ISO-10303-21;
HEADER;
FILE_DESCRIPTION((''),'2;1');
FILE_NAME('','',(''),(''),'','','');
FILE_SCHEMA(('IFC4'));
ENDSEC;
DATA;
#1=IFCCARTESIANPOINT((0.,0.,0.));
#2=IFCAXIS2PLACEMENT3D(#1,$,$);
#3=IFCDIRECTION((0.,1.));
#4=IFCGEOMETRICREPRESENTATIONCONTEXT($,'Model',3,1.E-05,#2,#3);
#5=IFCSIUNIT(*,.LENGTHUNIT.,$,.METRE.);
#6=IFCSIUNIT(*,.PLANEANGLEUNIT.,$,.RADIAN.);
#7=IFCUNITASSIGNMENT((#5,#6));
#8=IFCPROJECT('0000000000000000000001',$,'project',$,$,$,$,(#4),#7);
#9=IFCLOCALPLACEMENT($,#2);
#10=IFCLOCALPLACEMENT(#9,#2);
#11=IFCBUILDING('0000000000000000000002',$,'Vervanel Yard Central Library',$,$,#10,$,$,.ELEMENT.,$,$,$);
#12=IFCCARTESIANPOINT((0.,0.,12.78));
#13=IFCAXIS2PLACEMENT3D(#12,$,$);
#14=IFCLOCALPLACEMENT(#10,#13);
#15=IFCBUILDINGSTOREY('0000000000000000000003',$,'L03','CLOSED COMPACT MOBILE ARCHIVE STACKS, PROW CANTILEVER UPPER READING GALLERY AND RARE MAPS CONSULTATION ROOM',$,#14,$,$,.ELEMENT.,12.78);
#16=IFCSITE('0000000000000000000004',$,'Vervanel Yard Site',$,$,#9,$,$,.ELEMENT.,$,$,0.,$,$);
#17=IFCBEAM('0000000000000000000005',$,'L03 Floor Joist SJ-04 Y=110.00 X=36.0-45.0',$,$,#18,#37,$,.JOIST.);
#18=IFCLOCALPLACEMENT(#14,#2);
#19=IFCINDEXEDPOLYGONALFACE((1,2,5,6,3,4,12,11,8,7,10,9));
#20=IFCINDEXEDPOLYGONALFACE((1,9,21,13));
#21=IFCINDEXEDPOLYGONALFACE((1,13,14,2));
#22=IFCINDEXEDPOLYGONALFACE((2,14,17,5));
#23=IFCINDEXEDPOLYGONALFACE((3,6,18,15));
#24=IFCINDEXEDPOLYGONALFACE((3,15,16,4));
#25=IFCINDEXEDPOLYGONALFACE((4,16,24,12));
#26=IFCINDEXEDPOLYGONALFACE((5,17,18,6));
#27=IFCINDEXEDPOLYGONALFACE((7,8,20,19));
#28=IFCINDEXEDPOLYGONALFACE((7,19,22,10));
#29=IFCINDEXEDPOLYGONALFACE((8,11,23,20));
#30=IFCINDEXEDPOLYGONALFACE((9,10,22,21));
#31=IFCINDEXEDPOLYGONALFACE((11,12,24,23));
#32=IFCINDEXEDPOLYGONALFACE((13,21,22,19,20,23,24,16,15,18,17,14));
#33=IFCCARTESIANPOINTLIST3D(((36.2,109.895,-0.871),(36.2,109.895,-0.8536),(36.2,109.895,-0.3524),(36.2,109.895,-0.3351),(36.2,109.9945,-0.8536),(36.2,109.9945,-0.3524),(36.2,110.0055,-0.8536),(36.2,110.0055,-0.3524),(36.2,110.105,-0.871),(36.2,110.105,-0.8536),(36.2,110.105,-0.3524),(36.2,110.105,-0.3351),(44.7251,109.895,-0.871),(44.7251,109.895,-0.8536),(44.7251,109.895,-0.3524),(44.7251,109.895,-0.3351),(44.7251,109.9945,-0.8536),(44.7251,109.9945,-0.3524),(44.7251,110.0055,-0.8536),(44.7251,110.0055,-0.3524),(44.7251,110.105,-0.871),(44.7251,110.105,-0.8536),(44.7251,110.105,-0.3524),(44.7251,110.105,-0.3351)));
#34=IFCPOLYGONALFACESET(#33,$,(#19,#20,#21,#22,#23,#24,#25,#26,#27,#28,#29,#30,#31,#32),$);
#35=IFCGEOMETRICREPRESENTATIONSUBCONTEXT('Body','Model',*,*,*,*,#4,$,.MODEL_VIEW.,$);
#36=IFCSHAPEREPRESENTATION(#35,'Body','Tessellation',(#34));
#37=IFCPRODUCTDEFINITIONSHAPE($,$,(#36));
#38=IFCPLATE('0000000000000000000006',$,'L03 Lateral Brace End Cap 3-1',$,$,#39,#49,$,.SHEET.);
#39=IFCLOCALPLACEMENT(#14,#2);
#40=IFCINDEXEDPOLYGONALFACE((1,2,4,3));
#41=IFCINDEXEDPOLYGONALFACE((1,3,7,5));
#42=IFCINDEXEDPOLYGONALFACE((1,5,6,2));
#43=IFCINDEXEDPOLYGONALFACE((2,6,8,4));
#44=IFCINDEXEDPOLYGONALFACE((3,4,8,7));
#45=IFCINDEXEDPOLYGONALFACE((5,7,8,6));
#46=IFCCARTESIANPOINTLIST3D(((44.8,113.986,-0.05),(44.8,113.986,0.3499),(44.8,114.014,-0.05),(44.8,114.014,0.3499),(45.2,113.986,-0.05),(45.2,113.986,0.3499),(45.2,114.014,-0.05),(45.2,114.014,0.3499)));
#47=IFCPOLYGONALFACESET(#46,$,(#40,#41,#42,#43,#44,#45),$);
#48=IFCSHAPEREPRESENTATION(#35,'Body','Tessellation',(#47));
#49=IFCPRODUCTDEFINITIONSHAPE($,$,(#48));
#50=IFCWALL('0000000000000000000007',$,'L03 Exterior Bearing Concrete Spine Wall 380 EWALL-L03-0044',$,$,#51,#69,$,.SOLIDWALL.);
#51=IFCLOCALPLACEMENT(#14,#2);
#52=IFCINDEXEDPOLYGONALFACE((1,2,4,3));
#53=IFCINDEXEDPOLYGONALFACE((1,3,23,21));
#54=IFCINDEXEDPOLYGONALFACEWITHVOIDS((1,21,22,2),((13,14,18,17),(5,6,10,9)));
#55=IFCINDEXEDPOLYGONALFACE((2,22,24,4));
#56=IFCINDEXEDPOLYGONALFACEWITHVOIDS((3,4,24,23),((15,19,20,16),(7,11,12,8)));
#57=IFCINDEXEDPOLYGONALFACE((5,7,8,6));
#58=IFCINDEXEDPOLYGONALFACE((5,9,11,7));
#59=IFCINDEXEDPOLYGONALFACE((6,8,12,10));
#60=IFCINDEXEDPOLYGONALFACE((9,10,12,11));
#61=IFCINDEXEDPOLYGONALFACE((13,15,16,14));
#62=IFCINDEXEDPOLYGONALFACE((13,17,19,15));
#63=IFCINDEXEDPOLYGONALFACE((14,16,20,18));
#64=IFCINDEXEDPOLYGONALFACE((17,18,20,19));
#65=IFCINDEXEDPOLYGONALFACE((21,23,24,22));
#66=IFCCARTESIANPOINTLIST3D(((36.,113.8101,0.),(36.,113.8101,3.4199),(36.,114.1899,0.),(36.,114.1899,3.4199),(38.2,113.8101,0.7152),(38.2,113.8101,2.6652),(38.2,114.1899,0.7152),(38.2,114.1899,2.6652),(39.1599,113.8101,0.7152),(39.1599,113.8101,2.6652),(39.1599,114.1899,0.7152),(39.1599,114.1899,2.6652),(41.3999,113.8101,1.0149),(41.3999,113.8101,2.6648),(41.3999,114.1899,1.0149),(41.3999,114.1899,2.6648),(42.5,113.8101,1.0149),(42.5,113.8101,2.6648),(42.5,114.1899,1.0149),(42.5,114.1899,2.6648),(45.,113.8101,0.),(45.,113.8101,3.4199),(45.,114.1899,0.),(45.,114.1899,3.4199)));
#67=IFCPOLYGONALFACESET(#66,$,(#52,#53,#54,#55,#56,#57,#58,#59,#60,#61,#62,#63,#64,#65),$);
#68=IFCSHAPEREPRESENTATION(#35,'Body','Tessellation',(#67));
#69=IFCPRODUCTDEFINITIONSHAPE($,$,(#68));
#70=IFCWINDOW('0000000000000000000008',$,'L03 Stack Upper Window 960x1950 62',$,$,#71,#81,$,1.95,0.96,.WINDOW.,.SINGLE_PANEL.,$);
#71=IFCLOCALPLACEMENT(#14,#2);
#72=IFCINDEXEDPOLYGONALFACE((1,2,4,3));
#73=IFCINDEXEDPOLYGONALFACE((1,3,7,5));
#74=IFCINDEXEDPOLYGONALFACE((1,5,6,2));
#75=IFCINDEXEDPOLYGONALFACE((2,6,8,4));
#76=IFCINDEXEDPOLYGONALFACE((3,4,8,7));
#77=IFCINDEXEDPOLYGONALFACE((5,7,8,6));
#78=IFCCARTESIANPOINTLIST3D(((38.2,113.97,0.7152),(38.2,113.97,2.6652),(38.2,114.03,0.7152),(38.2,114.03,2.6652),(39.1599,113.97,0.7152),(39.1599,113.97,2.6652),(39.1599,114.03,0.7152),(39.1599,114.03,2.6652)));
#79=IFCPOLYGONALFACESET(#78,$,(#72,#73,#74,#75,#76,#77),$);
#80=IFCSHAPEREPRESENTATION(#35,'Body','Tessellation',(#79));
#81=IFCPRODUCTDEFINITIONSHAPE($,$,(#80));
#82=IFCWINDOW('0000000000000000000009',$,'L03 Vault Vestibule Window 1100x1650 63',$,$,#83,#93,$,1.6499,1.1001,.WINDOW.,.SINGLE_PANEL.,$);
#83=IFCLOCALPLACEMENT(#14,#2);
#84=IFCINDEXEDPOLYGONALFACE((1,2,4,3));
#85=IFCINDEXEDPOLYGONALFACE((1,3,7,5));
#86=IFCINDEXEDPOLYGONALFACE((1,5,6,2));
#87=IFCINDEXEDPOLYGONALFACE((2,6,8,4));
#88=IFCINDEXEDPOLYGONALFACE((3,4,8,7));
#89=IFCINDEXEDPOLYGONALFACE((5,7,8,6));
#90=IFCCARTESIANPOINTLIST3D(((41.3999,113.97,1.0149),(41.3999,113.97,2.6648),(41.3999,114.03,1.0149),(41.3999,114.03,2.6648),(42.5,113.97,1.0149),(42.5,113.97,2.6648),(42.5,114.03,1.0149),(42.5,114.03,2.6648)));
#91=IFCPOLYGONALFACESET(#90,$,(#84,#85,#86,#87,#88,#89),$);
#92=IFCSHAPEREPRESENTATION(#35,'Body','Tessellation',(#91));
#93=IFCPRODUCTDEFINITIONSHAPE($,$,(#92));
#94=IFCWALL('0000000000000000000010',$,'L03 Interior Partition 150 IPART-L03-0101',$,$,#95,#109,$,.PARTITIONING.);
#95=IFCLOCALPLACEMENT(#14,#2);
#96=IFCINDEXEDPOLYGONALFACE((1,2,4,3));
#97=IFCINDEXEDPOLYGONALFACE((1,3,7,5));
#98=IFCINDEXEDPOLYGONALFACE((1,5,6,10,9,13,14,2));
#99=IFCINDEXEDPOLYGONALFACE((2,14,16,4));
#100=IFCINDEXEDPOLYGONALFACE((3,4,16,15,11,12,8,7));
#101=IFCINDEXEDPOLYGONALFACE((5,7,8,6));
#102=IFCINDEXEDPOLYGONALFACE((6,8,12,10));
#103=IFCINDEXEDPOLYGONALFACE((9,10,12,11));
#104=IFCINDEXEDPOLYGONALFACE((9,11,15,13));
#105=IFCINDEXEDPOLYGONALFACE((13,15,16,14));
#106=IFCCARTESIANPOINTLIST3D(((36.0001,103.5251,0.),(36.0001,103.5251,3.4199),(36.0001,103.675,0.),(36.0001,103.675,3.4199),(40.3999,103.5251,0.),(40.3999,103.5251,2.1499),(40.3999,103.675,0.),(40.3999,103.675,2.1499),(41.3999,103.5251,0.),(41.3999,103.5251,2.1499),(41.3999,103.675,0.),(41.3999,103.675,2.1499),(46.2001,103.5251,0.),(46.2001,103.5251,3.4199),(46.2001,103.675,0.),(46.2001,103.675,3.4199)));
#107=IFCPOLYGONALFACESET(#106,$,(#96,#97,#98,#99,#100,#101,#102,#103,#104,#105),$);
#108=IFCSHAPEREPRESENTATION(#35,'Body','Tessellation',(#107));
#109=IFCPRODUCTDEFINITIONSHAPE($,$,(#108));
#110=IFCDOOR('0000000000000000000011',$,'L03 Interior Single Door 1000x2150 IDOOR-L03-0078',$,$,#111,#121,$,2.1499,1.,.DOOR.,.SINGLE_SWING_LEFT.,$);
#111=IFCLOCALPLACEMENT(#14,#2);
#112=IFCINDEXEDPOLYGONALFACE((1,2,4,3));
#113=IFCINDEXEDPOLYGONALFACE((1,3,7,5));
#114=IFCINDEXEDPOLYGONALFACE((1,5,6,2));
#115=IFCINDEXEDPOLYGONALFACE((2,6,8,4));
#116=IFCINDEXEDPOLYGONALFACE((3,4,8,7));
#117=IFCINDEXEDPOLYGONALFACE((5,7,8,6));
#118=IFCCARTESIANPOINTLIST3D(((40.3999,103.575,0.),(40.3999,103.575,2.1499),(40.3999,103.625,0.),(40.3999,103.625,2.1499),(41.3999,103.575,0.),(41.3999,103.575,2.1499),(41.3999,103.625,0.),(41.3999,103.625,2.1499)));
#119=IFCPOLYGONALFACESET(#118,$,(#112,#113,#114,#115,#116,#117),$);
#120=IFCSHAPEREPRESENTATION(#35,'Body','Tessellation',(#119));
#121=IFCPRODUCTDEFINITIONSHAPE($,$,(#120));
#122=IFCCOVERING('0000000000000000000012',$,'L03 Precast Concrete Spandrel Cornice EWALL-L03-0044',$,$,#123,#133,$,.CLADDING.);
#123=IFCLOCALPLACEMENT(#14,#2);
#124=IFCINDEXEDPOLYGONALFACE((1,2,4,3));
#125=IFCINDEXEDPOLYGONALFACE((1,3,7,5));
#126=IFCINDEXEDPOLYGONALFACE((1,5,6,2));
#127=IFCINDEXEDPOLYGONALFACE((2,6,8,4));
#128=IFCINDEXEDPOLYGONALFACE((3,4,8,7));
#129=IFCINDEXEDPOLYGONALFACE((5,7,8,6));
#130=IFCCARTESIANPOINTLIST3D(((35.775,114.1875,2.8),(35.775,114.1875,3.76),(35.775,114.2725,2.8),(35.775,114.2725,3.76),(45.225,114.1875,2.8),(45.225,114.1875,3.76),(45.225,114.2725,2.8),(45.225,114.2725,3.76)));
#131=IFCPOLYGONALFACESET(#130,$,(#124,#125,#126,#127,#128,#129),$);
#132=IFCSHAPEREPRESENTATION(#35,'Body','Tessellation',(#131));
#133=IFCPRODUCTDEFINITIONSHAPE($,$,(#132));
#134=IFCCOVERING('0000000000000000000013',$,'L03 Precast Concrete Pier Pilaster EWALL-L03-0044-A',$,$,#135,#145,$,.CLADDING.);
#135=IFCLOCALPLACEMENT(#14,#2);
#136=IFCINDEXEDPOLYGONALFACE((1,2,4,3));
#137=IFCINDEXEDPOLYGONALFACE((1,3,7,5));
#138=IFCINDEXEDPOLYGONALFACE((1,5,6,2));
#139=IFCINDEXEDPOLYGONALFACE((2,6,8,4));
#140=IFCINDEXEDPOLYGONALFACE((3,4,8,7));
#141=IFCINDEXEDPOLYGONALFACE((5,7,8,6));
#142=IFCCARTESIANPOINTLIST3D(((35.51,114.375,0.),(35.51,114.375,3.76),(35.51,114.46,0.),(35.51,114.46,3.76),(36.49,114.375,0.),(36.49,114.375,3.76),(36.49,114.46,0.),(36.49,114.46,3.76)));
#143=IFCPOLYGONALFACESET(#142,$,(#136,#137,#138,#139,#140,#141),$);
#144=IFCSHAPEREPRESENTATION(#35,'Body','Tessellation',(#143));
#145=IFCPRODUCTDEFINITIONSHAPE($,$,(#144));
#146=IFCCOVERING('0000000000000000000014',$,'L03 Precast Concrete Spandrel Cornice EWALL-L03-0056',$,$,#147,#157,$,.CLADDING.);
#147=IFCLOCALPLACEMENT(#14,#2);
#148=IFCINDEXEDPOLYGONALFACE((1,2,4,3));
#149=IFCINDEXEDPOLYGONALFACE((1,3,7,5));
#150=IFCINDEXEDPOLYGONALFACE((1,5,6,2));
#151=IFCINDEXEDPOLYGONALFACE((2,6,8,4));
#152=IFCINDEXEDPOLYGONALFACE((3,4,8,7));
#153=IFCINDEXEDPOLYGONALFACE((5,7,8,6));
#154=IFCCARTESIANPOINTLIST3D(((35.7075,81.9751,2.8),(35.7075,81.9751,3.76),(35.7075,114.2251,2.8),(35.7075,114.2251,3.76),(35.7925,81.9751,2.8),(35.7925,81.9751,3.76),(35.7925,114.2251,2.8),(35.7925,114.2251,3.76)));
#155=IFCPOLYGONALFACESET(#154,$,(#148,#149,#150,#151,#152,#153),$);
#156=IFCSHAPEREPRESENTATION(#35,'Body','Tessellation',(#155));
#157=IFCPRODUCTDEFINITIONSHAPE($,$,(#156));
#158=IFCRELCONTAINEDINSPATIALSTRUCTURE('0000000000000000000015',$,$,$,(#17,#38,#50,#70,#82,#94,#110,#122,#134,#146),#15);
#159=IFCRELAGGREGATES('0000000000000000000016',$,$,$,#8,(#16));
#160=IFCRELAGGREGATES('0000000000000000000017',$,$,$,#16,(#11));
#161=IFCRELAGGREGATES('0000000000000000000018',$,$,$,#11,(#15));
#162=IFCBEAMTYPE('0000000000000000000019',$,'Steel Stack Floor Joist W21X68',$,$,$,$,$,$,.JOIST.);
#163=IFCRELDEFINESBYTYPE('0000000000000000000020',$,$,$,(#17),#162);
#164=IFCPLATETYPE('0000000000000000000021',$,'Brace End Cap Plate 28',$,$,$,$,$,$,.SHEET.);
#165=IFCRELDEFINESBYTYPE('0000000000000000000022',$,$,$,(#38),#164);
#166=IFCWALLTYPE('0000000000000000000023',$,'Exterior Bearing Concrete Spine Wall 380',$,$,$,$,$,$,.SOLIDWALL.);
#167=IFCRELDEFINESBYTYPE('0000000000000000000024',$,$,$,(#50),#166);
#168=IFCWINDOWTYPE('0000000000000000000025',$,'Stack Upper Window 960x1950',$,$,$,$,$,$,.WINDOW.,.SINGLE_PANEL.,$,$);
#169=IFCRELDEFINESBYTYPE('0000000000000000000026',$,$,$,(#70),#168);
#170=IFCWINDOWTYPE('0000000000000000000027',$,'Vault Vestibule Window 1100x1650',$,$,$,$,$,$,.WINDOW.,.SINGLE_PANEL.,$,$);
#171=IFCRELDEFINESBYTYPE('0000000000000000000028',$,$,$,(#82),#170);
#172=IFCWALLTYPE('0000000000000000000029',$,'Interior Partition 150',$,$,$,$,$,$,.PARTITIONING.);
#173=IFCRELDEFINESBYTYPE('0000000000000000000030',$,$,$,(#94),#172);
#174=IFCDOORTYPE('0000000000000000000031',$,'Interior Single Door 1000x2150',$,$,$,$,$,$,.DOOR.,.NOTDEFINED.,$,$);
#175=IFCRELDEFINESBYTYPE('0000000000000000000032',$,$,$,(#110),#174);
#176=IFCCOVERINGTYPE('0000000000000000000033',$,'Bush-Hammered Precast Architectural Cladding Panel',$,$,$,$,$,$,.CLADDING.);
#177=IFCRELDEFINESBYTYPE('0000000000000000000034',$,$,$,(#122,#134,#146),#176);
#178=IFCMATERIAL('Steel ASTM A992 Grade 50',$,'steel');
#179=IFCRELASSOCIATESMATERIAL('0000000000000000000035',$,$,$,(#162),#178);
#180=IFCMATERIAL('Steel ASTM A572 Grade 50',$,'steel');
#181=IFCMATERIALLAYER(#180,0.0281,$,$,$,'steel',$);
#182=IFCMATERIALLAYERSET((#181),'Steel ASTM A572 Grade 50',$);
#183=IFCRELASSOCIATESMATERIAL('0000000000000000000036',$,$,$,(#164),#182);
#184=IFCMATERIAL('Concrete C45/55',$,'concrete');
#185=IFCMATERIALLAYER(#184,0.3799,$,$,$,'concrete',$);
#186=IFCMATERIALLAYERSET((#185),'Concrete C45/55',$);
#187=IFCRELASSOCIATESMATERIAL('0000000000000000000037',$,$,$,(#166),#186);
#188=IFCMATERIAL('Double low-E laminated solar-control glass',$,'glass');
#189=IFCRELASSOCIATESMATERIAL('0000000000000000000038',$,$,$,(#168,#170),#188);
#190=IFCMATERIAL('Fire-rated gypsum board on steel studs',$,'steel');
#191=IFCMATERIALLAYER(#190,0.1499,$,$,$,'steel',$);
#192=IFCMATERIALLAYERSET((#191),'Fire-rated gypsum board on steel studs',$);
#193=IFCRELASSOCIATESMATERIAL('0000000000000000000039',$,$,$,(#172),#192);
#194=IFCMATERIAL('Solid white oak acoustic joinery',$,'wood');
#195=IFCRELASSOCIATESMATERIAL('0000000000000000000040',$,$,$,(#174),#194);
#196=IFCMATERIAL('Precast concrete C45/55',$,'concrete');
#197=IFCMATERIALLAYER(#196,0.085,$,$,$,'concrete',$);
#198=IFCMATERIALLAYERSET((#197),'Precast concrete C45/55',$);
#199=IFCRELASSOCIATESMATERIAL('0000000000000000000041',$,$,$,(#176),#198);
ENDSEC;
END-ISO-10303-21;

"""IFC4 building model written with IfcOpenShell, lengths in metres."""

from ifc_helpers import new_model, si_unit, direction, frame, frame_2d, origin, origin_2d, place, context, subcontext, project, spatial, rectangle, i_section, extrude, material, layer, layer_set, material_profile, profile_set, type_object, element, fill, save


model = new_model("IFC4")

# Units and contexts
model_context = context("Model", 3, precision=1e-05, world=origin(), true_north=direction((0.0, 1.0)))
body_context = subcontext(model_context, "Body", "Model", "MODEL_VIEW")
ifc_project = project(units=[si_unit("LENGTHUNIT", "METRE"), si_unit("PLANEANGLEUNIT", "RADIAN")], contexts=[model_context])

# Site, building, storey
site_placement = place(None, origin())
site = spatial("IfcSite", under=ifc_project, at=site_placement, Name="Vervanel Yard Site", CompositionType="ELEMENT", RefElevation=0.0)
building_placement = place(site_placement, origin())
building = spatial("IfcBuilding", under=site, at=building_placement, Name="Vervanel Yard Central Library", CompositionType="ELEMENT")
storey_placement = place(building_placement, frame((0.0, 0.0, 12.78)))
storey = spatial("IfcBuildingStorey", under=building, at=storey_placement, Name="L03", Description="CLOSED COMPACT MOBILE ARCHIVE STACKS, PROW CANTILEVER UPPER READING GALLERY AND RARE MAPS CONSULTATION ROOM", CompositionType="ELEMENT", Elevation=12.78)

# Shared definitions
ifc_material_1 = material(Name="Concrete C45/55", Category="concrete")

# Beam
ifc_material_2 = material(Name="Steel ASTM A992 Grade 50", Category="steel")
ifc_material_profile_1 = material_profile(ifc_material_2, i_section(OverallWidth=0.21, OverallDepth=0.5359, WebThickness=0.011, FlangeThickness=0.0173, at=origin_2d()), Name="W21X68", Category="steel")
ifc_profile_set_1 = profile_set([ifc_material_profile_1], Name="Steel ASTM A992 Grade 50")
beam_type_1 = type_object("IfcBeamType", Name="Steel Stack Floor Joist W21X68", PredefinedType="JOIST", material=ifc_profile_set_1)
for number, where, z_axis, x_axis, name in (
    (1, (36.2, 110.0, -0.603), (1.0, 0.0, 0.0), (0.0, 1.0, 0.0), "L03 Floor Joist SJ-04 Y=110.00 X=36.0-45.0"),
):
    element("IfcBeam", number, at=place(storey_placement, frame(where, z_axis=z_axis, x_axis=x_axis)), inside=storey, type_object=beam_type_1, Name=name, PredefinedType="JOIST", context=body_context, shape_type="SweptSolid", body=[
        extrude(i_section(OverallWidth=0.21, OverallDepth=0.5359, WebThickness=0.011, FlangeThickness=0.0173, at=origin_2d()), origin(), (0.0, 0.0, 1.0), 8.5251),
    ])

# Plate
ifc_material_3 = material(Name="Steel ASTM A572 Grade 50", Category="steel")
ifc_layer_1 = layer(ifc_material_3, 0.0281, Category="steel")
ifc_layer_set_1 = layer_set([ifc_layer_1], Name="Steel ASTM A572 Grade 50")
plate_type = type_object("IfcPlateType", Name="Brace End Cap Plate 28", PredefinedType="SHEET", material=ifc_layer_set_1)
plate_placement = place(storey_placement, frame((45.0, 114.0, -0.05), z_axis=(0.0, 0.0, 1.0), x_axis=(1.0, 0.0, 0.0)))
element("IfcPlate", 2, at=plate_placement, inside=storey, type_object=plate_type, Name="L03 Lateral Brace End Cap 3-1", PredefinedType="SHEET", context=body_context, shape_type="SweptSolid", body=[
    extrude(rectangle(XDim=0.3999, YDim=0.0281, at=origin_2d()), origin(), (0.0, 0.0, 1.0), 0.3999),
])

# Wall, openings, windows
ifc_layer_2 = layer(ifc_material_1, 0.3799, Category="concrete")
ifc_layer_set_2 = layer_set([ifc_layer_2], Name="Concrete C45/55")
wall_type_1 = type_object("IfcWallType", Name="Exterior Bearing Concrete Spine Wall 380", PredefinedType="SOLIDWALL", material=ifc_layer_set_2)
wall_1_placement = place(storey_placement, frame((36.0, 114.0, 0.0), z_axis=(0.0, 0.0, 1.0), x_axis=(1.0, 0.0, 0.0)))
wall_1 = element("IfcWall", 3, at=wall_1_placement, inside=storey, type_object=wall_type_1, Name="L03 Exterior Bearing Concrete Spine Wall 380 EWALL-L03-0044", PredefinedType="SOLIDWALL", context=body_context, shape_type="SweptSolid", body=[
    extrude(rectangle(XDim=9.0, YDim=0.3799, at=frame_2d((4.5, 0.0))), origin(), (0.0, 0.0, 1.0), 3.4199),
])
opening_1_placement = place(wall_1_placement, frame((2.2, 0.0, 0.7151)))
opening_1 = element("IfcOpeningElement", 4, at=opening_1_placement, cuts=wall_1, PredefinedType="OPENING", context=body_context, shape_type="SweptSolid", body=[
    extrude(rectangle(XDim=0.96, YDim=1.95, at=frame_2d((0.48, 0.9751))), frame((0.0, 0.2, 0.0), z_axis=(0.0, -1.0, 0.0), x_axis=(1.0, 0.0, 0.0)), (0.0, 0.0, 1.0), 0.3999),
])
opening_2_placement = place(wall_1_placement, frame((5.3999, 0.0, 1.0149)))
opening_2 = element("IfcOpeningElement", 5, at=opening_2_placement, cuts=wall_1, PredefinedType="OPENING", context=body_context, shape_type="SweptSolid", body=[
    extrude(rectangle(XDim=1.1001, YDim=1.6499, at=frame_2d((0.55, 0.825))), frame((0.0, 0.2, 0.0), z_axis=(0.0, -1.0, 0.0), x_axis=(1.0, 0.0, 0.0)), (0.0, 0.0, 1.0), 0.3999),
])
ifc_material_4 = material(Name="Double low-E laminated solar-control glass", Category="glass")
window_type_1 = type_object("IfcWindowType", Name="Stack Upper Window 960x1950", PartitioningType="SINGLE_PANEL", PredefinedType="WINDOW", material=ifc_material_4)
window_1_placement = place(opening_1_placement, origin())
window_1 = element("IfcWindow", 6, at=window_1_placement, inside=storey, type_object=window_type_1, Name="L03 Stack Upper Window 960x1950 62", OverallHeight=1.95, OverallWidth=0.96, PartitioningType="SINGLE_PANEL", PredefinedType="WINDOW", context=body_context, shape_type="SweptSolid", body=[
    extrude(rectangle(XDim=0.96, YDim=1.95, at=frame_2d((0.48, 0.9751))), frame((0.0, 0.03, 0.0), z_axis=(0.0, -1.0, 0.0), x_axis=(1.0, 0.0, 0.0)), (0.0, 0.0, 1.0), 0.0601),
])
fill(opening_1, window_1)
window_type_2 = type_object("IfcWindowType", Name="Vault Vestibule Window 1100x1650", PartitioningType="SINGLE_PANEL", PredefinedType="WINDOW", material=ifc_material_4)
window_2_placement = place(opening_2_placement, origin())
window_2 = element("IfcWindow", 7, at=window_2_placement, inside=storey, type_object=window_type_2, Name="L03 Vault Vestibule Window 1100x1650 63", OverallHeight=1.6499, OverallWidth=1.1001, PartitioningType="SINGLE_PANEL", PredefinedType="WINDOW", context=body_context, shape_type="SweptSolid", body=[
    extrude(rectangle(XDim=1.1001, YDim=1.6499, at=frame_2d((0.55, 0.825))), frame((0.0, 0.03, 0.0), z_axis=(0.0, -1.0, 0.0), x_axis=(1.0, 0.0, 0.0)), (0.0, 0.0, 1.0), 0.0601),
])
fill(opening_2, window_2)

# Wall, opening, door
ifc_material_5 = material(Name="Fire-rated gypsum board on steel studs", Category="steel")
ifc_layer_3 = layer(ifc_material_5, 0.1499, Category="steel")
ifc_layer_set_3 = layer_set([ifc_layer_3], Name="Fire-rated gypsum board on steel studs")
wall_type_2 = type_object("IfcWallType", Name="Interior Partition 150", PredefinedType="PARTITIONING", material=ifc_layer_set_3)
wall_2_placement = place(storey_placement, frame((36.0, 103.6001, 0.0), z_axis=(0.0, 0.0, 1.0), x_axis=(1.0, 0.0, 0.0)))
wall_2 = element("IfcWall", 8, at=wall_2_placement, inside=storey, type_object=wall_type_2, Name="L03 Interior Partition 150 IPART-L03-0101", PredefinedType="PARTITIONING", context=body_context, shape_type="SweptSolid", body=[
    extrude(rectangle(XDim=10.2, YDim=0.1499, at=frame_2d((5.1001, 0.0))), origin(), (0.0, 0.0, 1.0), 3.4199),
])
opening_3_placement = place(wall_2_placement, frame((4.3999, 0.0, 0.0)))
opening_3 = element("IfcOpeningElement", 9, at=opening_3_placement, cuts=wall_2, PredefinedType="OPENING", context=body_context, shape_type="SweptSolid", body=[
    extrude(rectangle(XDim=1.0, YDim=2.1499, at=frame_2d((0.5, 1.075))), frame((0.0, 0.085, 0.0), z_axis=(0.0, -1.0, 0.0), x_axis=(1.0, 0.0, 0.0)), (0.0, 0.0, 1.0), 0.1699),
])
ifc_material_6 = material(Name="Solid white oak acoustic joinery", Category="wood")
door_type = type_object("IfcDoorType", Name="Interior Single Door 1000x2150", OperationType="NOTDEFINED", PredefinedType="DOOR", material=ifc_material_6)
door_placement = place(opening_3_placement, origin())
door = element("IfcDoor", 10, at=door_placement, inside=storey, type_object=door_type, Name="L03 Interior Single Door 1000x2150 IDOOR-L03-0078", OperationType="SINGLE_SWING_LEFT", OverallHeight=2.1499, OverallWidth=1.0, PredefinedType="DOOR", context=body_context, shape_type="SweptSolid", body=[
    extrude(rectangle(XDim=1.0, YDim=2.1499, at=frame_2d((0.5, 1.075))), frame((0.0, 0.0249, 0.0), z_axis=(0.0, -1.0, 0.0), x_axis=(1.0, 0.0, 0.0)), (0.0, 0.0, 1.0), 0.05),
])
fill(opening_3, door)

# Coverings
ifc_material_7 = material(Name="Precast concrete C45/55", Category="concrete")
ifc_layer_4 = layer(ifc_material_7, 0.085, Category="concrete")
ifc_layer_set_4 = layer_set([ifc_layer_4], Name="Precast concrete C45/55")
covering_type = type_object("IfcCoveringType", Name="Bush-Hammered Precast Architectural Cladding Panel", PredefinedType="CLADDING", material=ifc_layer_set_4)
covering_1_placement = place(storey_placement, frame((40.5, 114.23, 2.8), z_axis=(0.0, 0.0, 1.0), x_axis=(1.0, 0.0, 0.0)))
element("IfcCovering", 11, at=covering_1_placement, inside=storey, type_object=covering_type, Name="L03 Precast Concrete Spandrel Cornice EWALL-L03-0044", PredefinedType="CLADDING", context=body_context, shape_type="SweptSolid", body=[
    extrude(rectangle(XDim=9.45, YDim=0.085, at=origin_2d()), origin(), (0.0, 0.0, 1.0), 0.96),
])
covering_2_placement = place(storey_placement, frame((36.0, 114.4175, 0.0), z_axis=(0.0, 0.0, 1.0), x_axis=(1.0, 0.0, 0.0)))
element("IfcCovering", 12, at=covering_2_placement, inside=storey, type_object=covering_type, Name="L03 Precast Concrete Pier Pilaster EWALL-L03-0044-A", PredefinedType="CLADDING", context=body_context, shape_type="SweptSolid", body=[
    extrude(rectangle(XDim=0.98, YDim=0.085, at=origin_2d()), origin(), (0.0, 0.0, 1.0), 3.76),
])
covering_3_placement = place(storey_placement, frame((35.75, 98.1001, 2.8), z_axis=(0.0, 0.0, 1.0), x_axis=(0.0, 1.0, 0.0)))
element("IfcCovering", 13, at=covering_3_placement, inside=storey, type_object=covering_type, Name="L03 Precast Concrete Spandrel Cornice EWALL-L03-0056", PredefinedType="CLADDING", context=body_context, shape_type="SweptSolid", body=[
    extrude(rectangle(XDim=32.25, YDim=0.085, at=origin_2d()), origin(), (0.0, 0.0, 1.0), 0.96),
])

save(model, "model.ifc")
